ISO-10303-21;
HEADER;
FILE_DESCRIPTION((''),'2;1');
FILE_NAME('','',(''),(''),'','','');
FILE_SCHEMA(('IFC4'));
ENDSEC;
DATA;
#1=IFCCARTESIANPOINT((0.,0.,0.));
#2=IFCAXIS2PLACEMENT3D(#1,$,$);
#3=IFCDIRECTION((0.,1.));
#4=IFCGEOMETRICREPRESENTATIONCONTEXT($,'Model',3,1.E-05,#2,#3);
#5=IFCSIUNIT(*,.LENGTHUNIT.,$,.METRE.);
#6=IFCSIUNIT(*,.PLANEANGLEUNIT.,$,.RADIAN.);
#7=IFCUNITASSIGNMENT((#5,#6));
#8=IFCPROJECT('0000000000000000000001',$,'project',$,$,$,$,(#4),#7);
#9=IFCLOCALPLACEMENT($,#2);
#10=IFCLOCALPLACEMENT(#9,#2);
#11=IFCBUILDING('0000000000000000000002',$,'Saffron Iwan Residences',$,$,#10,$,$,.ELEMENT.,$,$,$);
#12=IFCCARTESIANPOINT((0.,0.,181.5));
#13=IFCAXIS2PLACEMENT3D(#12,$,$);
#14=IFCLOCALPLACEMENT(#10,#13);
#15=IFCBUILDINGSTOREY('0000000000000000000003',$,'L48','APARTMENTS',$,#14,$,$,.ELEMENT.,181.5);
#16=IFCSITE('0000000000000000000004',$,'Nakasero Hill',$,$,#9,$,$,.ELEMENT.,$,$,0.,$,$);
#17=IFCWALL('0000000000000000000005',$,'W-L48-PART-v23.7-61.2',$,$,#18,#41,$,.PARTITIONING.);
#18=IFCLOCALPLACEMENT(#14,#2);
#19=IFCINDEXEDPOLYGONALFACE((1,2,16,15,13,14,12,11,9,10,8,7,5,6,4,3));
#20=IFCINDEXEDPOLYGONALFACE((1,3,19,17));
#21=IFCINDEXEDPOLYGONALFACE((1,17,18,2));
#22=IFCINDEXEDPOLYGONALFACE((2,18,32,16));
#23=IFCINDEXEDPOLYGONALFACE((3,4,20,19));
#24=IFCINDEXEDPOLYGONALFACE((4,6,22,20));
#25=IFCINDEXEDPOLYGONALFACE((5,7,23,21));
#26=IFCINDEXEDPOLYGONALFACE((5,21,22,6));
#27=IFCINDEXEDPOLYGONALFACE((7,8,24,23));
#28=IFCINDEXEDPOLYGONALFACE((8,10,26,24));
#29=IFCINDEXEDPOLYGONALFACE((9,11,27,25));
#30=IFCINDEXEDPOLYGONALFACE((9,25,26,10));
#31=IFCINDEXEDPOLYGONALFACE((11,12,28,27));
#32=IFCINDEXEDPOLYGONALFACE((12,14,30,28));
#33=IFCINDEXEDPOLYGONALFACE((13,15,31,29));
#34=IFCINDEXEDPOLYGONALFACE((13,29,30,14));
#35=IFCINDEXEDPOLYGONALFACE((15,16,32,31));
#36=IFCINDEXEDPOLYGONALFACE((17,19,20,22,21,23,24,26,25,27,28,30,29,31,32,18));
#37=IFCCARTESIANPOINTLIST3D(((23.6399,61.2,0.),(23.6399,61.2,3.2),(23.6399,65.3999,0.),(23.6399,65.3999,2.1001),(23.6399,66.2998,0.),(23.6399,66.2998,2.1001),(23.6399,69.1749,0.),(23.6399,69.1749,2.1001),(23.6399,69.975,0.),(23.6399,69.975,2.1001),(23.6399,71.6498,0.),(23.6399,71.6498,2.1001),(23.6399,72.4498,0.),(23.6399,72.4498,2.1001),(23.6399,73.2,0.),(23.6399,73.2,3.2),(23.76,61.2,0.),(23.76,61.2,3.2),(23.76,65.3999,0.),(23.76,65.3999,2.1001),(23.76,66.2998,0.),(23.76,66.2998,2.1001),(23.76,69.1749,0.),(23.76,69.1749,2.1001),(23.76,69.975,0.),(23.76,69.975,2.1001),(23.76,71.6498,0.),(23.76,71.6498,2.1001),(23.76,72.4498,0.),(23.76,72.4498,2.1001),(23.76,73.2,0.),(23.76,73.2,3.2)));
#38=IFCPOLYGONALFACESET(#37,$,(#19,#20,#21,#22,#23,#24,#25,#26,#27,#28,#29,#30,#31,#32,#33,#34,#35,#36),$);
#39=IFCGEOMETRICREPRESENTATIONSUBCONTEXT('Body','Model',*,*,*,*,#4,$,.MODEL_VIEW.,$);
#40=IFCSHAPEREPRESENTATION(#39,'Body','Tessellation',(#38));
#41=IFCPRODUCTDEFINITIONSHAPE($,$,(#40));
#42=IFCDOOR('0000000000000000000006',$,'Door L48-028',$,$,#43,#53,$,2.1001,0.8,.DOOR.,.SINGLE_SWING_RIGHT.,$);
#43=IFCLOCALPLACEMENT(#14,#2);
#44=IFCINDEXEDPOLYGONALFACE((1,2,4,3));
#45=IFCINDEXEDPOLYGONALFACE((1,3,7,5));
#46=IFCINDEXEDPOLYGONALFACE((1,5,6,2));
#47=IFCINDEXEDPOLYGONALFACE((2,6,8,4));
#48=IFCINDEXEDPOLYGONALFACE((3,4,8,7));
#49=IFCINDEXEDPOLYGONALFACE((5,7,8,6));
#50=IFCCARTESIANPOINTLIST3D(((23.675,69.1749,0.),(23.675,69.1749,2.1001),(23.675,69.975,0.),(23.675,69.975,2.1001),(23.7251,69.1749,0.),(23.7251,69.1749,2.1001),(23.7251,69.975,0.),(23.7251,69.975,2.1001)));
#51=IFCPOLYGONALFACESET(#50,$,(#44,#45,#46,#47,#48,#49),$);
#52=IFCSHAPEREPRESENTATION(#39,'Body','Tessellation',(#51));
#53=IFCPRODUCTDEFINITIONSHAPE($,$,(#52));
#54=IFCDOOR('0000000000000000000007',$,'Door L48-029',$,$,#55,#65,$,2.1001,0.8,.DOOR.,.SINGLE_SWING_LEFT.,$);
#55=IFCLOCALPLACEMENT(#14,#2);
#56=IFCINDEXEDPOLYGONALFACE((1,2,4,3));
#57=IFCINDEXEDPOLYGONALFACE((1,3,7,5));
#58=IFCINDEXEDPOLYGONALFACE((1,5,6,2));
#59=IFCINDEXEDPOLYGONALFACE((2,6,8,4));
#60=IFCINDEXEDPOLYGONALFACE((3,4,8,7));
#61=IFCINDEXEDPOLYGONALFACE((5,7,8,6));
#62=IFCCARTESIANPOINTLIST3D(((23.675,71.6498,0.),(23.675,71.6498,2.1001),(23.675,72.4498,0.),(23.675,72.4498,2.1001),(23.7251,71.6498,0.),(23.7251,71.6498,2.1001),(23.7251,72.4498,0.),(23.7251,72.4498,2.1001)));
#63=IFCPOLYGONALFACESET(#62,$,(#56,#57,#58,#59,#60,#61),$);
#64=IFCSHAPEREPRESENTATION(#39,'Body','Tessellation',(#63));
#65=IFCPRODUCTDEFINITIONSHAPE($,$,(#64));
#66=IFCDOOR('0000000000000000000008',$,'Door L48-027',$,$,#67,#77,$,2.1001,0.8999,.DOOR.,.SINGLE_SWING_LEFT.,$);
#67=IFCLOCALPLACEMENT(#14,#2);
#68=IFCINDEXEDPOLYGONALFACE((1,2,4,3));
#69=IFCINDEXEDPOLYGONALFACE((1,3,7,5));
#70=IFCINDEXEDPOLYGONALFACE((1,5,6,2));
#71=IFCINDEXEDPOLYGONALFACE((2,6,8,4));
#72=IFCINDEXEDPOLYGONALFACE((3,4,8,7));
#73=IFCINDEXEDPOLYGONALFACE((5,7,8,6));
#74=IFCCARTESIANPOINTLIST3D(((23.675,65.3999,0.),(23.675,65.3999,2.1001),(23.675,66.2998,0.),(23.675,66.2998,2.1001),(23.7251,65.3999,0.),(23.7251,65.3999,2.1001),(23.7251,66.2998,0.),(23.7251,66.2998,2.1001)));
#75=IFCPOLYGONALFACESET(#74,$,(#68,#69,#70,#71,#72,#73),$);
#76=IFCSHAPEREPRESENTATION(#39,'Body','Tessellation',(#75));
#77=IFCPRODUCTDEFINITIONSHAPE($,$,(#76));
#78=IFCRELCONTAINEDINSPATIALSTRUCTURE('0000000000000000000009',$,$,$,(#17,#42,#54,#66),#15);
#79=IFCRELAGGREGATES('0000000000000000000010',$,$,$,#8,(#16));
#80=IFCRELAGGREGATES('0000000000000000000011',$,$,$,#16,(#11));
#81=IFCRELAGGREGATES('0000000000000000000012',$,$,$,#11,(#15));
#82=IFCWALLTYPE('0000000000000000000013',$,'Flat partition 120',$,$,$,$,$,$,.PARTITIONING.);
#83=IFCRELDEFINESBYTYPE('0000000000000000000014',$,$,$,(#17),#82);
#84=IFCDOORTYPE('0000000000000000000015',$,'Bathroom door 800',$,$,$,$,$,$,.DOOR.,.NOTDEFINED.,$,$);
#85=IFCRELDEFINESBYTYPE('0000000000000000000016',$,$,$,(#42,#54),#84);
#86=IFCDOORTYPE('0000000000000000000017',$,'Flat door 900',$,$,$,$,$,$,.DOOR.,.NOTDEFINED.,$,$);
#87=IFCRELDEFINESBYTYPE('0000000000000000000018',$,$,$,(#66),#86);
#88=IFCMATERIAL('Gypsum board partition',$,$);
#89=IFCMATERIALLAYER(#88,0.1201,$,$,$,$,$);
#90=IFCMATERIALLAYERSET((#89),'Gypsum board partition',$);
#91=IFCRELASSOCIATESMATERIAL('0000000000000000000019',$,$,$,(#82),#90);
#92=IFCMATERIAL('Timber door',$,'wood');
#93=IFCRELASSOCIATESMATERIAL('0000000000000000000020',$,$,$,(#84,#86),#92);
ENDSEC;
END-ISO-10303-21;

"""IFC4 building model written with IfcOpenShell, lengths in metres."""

from ifc_helpers import new_model, si_unit, direction, frame, frame_2d, origin, place, context, subcontext, project, spatial, rectangle, extrude, material, layer, layer_set, type_object, element, fill, save


model = new_model("IFC4")

# Units and contexts
model_context = context("Model", 3, precision=1e-05, world=origin(), true_north=direction((0.0, 1.0)))
body_context = subcontext(model_context, "Body", "Model", "MODEL_VIEW")
ifc_project = project(units=[si_unit("LENGTHUNIT", "METRE"), si_unit("PLANEANGLEUNIT", "RADIAN")], contexts=[model_context])

# Site, building, storey
site_placement = place(None, origin())
site = spatial("IfcSite", under=ifc_project, at=site_placement, Name="Nakasero Hill", CompositionType="ELEMENT", RefElevation=0.0)
building_placement = place(site_placement, origin())
building = spatial("IfcBuilding", under=site, at=building_placement, Name="Saffron Iwan Residences", CompositionType="ELEMENT")
storey_placement = place(building_placement, frame((0.0, 0.0, 181.5)))
storey = spatial("IfcBuildingStorey", under=building, at=storey_placement, Name="L48", Description="APARTMENTS", CompositionType="ELEMENT", Elevation=181.5)

# Shared definitions
ifc_material_1 = material(Name="Gypsum board partition")
ifc_layer_1 = layer(ifc_material_1, 0.1201)
ifc_layer_set_1 = layer_set([ifc_layer_1], Name="Gypsum board partition")
wall_type_1 = type_object("IfcWallType", Name="Flat partition 120", PredefinedType="PARTITIONING", material=ifc_layer_set_1)
ifc_material_2 = material(Name="Timber door", Category="wood")
door_type_1 = type_object("IfcDoorType", Name="Bathroom door 800", OperationType="NOTDEFINED", PredefinedType="DOOR", material=ifc_material_2)

# Shared definitions
door_type_2 = type_object("IfcDoorType", Name="Flat door 900", OperationType="NOTDEFINED", PredefinedType="DOOR", material=ifc_material_2)

# Wall, openings, doors
wall_1_placement = place(storey_placement, frame((23.7, 61.2, 0.0), z_axis=(0.0, 0.0, 1.0), x_axis=(0.0, 1.0, 0.0)))
wall_1 = element("IfcWall", 1, at=wall_1_placement, inside=storey, type_object=wall_type_1, Name="W-L48-PART-v23.7-61.2", PredefinedType="PARTITIONING", context=body_context, shape_type="SweptSolid", body=[
    extrude(rectangle(XDim=12.0, YDim=0.1201, at=frame_2d((6.0, 0.0))), origin(), (0.0, 0.0, 1.0), 3.2),
])
opening_1_placement = place(wall_1_placement, frame((4.2, 0.0, 0.0)))
opening_1 = element("IfcOpeningElement", 2, at=opening_1_placement, cuts=wall_1, PredefinedType="OPENING", context=body_context, shape_type="SweptSolid", body=[
    extrude(rectangle(XDim=0.8999, YDim=2.1001, at=frame_2d((0.45, 1.05))), frame((0.0, 0.0701, 0.0), z_axis=(0.0, -1.0, 0.0), x_axis=(1.0, 0.0, 0.0)), (0.0, 0.0, 1.0), 0.1401),
])
opening_2_placement = place(wall_1_placement, frame((7.9751, 0.0, 0.0)))
opening_2 = element("IfcOpeningElement", 3, at=opening_2_placement, cuts=wall_1, PredefinedType="OPENING", context=body_context, shape_type="SweptSolid", body=[
    extrude(rectangle(XDim=0.8, YDim=2.1001, at=frame_2d((0.3999, 1.05))), frame((0.0, 0.0701, 0.0), z_axis=(0.0, -1.0, 0.0), x_axis=(1.0, 0.0, 0.0)), (0.0, 0.0, 1.0), 0.1401),
])
opening_3_placement = place(wall_1_placement, frame((10.45, 0.0, 0.0)))
opening_3 = element("IfcOpeningElement", 4, at=opening_3_placement, cuts=wall_1, PredefinedType="OPENING", context=body_context, shape_type="SweptSolid", body=[
    extrude(rectangle(XDim=0.8, YDim=2.1001, at=frame_2d((0.3999, 1.05))), frame((0.0, 0.0701, 0.0), z_axis=(0.0, -1.0, 0.0), x_axis=(1.0, 0.0, 0.0)), (0.0, 0.0, 1.0), 0.1401),
])
door_1_placement = place(opening_2_placement, origin())
door_1 = element("IfcDoor", 5, at=door_1_placement, inside=storey, type_object=door_type_1, Name="Door L48-028", OperationType="SINGLE_SWING_RIGHT", OverallHeight=2.1001, OverallWidth=0.8, PredefinedType="DOOR", context=body_context, shape_type="SweptSolid", body=[
    extrude(rectangle(XDim=0.8, YDim=2.1001, at=frame_2d((0.3999, 1.05))), frame((0.0, 0.0249, 0.0), z_axis=(0.0, -1.0, 0.0), x_axis=(1.0, 0.0, 0.0)), (0.0, 0.0, 1.0), 0.05),
])
fill(opening_2, door_1)
door_2_placement = place(opening_3_placement, origin())
door_2 = element("IfcDoor", 6, at=door_2_placement, inside=storey, type_object=door_type_1, Name="Door L48-029", OperationType="SINGLE_SWING_LEFT", OverallHeight=2.1001, OverallWidth=0.8, PredefinedType="DOOR", context=body_context, shape_type="SweptSolid", body=[
    extrude(rectangle(XDim=0.8, YDim=2.1001, at=frame_2d((0.3999, 1.05))), frame((0.0, 0.0249, 0.0), z_axis=(0.0, -1.0, 0.0), x_axis=(1.0, 0.0, 0.0)), (0.0, 0.0, 1.0), 0.05),
])
fill(opening_3, door_2)
door_3_placement = place(opening_1_placement, origin())
door_3 = element("IfcDoor", 7, at=door_3_placement, inside=storey, type_object=door_type_2, Name="Door L48-027", OperationType="SINGLE_SWING_LEFT", OverallHeight=2.1001, OverallWidth=0.8999, PredefinedType="DOOR", context=body_context, shape_type="SweptSolid", body=[
    extrude(rectangle(XDim=0.8999, YDim=2.1001, at=frame_2d((0.45, 1.05))), frame((0.0, 0.0249, 0.0), z_axis=(0.0, -1.0, 0.0), x_axis=(1.0, 0.0, 0.0)), (0.0, 0.0, 1.0), 0.05),
])
fill(opening_1, door_3)

save(model, "model.ifc")
